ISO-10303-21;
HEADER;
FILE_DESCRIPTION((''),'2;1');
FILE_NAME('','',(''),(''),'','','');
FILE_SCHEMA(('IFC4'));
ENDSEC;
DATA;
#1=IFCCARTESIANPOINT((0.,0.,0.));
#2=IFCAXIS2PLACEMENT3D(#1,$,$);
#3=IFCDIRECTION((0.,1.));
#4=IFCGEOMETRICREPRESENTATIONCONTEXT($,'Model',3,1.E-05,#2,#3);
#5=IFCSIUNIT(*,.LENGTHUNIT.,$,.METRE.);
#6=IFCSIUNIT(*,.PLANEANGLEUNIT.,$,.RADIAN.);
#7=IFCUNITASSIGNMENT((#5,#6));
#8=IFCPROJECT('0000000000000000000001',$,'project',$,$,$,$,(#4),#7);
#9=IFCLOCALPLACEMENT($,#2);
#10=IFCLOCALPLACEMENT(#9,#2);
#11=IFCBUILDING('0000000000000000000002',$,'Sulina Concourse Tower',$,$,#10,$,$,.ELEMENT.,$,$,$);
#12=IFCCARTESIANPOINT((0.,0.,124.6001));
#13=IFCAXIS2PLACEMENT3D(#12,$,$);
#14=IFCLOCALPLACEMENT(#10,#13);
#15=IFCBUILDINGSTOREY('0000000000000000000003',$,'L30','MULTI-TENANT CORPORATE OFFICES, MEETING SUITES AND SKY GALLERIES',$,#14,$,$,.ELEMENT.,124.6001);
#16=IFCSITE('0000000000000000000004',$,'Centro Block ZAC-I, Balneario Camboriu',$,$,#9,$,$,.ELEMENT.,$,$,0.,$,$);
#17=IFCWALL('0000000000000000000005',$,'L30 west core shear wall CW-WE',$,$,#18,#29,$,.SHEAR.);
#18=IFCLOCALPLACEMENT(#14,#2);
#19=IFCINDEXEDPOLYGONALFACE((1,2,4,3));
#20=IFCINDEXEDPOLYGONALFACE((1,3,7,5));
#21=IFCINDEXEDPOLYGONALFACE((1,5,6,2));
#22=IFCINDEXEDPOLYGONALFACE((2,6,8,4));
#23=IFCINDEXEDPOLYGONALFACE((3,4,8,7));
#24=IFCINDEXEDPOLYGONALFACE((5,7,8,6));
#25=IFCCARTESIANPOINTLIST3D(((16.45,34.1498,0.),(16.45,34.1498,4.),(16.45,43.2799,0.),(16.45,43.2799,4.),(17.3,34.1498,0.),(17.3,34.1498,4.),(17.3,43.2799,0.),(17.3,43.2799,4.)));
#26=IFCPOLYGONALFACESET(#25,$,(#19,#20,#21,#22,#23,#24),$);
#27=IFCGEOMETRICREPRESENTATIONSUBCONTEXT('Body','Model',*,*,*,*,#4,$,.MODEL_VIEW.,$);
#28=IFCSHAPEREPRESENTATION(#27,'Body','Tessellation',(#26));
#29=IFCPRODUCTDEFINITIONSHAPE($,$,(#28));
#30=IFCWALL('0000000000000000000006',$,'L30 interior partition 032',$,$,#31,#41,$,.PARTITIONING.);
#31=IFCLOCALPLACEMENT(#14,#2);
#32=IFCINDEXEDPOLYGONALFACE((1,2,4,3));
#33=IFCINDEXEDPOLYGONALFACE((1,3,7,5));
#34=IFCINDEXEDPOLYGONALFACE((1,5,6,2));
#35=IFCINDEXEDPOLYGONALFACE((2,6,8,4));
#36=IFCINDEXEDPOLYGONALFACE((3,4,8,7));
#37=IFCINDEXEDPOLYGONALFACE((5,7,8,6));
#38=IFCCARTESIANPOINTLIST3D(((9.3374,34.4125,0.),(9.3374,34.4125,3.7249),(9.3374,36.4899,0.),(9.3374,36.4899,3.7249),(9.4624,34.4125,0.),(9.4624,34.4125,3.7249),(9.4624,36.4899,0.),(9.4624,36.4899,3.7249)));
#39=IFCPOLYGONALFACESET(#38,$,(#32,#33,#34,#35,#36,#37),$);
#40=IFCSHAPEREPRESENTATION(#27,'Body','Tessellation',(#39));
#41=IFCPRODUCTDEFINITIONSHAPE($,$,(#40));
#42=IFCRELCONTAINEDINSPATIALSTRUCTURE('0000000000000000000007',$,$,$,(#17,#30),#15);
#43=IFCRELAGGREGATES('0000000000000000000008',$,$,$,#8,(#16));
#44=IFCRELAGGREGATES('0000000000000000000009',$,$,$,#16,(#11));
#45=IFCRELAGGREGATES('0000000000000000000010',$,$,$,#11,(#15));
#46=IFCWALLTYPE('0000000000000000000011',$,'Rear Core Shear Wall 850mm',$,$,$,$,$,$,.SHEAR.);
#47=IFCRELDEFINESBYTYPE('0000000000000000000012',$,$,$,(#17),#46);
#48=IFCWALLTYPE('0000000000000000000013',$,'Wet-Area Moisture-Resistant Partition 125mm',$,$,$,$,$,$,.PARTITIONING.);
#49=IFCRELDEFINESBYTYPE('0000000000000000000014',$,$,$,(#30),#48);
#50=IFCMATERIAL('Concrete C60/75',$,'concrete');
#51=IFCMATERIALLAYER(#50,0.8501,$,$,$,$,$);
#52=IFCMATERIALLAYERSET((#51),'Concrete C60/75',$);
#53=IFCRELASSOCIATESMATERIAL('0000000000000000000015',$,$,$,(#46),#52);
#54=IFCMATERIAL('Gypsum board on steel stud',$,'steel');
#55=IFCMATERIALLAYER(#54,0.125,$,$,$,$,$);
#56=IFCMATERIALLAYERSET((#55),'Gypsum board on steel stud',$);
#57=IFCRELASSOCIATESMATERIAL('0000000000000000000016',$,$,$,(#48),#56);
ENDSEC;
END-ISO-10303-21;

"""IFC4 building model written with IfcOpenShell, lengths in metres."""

from ifc_helpers import new_model, si_unit, direction, frame, frame_2d, origin, place, context, subcontext, project, spatial, rectangle, extrude, material, layer, layer_set, type_object, element, save


model = new_model("IFC4")

# Units and contexts
model_context = context("Model", 3, precision=1e-05, world=origin(), true_north=direction((0.0, 1.0)))
body_context = subcontext(model_context, "Body", "Model", "MODEL_VIEW")
ifc_project = project(units=[si_unit("LENGTHUNIT", "METRE"), si_unit("PLANEANGLEUNIT", "RADIAN")], contexts=[model_context])

# Site, building, storey
site_placement = place(None, origin())
site = spatial("IfcSite", under=ifc_project, at=site_placement, Name="Centro Block ZAC-I, Balneario Camboriu", CompositionType="ELEMENT", RefElevation=0.0)
building_placement = place(site_placement, origin())
building = spatial("IfcBuilding", under=site, at=building_placement, Name="Sulina Concourse Tower", CompositionType="ELEMENT")
storey_placement = place(building_placement, frame((0.0, 0.0, 124.6001)))
storey = spatial("IfcBuildingStorey", under=building, at=storey_placement, Name="L30", Description="MULTI-TENANT CORPORATE OFFICES, MEETING SUITES AND SKY GALLERIES", CompositionType="ELEMENT", Elevation=124.6001)

# Walls
ifc_material_1 = material(Name="Concrete C60/75", Category="concrete")
ifc_layer_1 = layer(ifc_material_1, 0.8501)
ifc_layer_set_1 = layer_set([ifc_layer_1], Name="Concrete C60/75")
wall_type_1 = type_object("IfcWallType", Name="Rear Core Shear Wall 850mm", PredefinedType="SHEAR", material=ifc_layer_set_1)
wall_1_placement = place(storey_placement, frame((16.875, 34.1499, 0.0), z_axis=(0.0, 0.0, 1.0), x_axis=(0.0, 1.0, 0.0)))
element("IfcWall", 1, at=wall_1_placement, inside=storey, type_object=wall_type_1, Name="L30 west core shear wall CW-WE", PredefinedType="SHEAR", context=body_context, shape_type="SweptSolid", body=[
    extrude(rectangle(XDim=9.1301, YDim=0.8501, at=frame_2d((4.5649, 0.0))), origin(), (0.0, 0.0, 1.0), 4.0),
])
ifc_material_2 = material(Name="Gypsum board on steel stud", Category="steel")
ifc_layer_2 = layer(ifc_material_2, 0.125)
ifc_layer_set_2 = layer_set([ifc_layer_2], Name="Gypsum board on steel stud")
wall_type_2 = type_object("IfcWallType", Name="Wet-Area Moisture-Resistant Partition 125mm", PredefinedType="PARTITIONING", material=ifc_layer_set_2)
wall_2_placement = place(storey_placement, frame((9.3999, 34.4126, 0.0), z_axis=(0.0, 0.0, 1.0), x_axis=(0.0, 1.0, 0.0)))
element("IfcWall", 2, at=wall_2_placement, inside=storey, type_object=wall_type_2, Name="L30 interior partition 032", PredefinedType="PARTITIONING", context=body_context, shape_type="SweptSolid", body=[
    extrude(rectangle(XDim=2.0774, YDim=0.125, at=frame_2d((1.0386, 0.0))), origin(), (0.0, 0.0, 1.0), 3.7249),
])

save(model, "model.ifc")
